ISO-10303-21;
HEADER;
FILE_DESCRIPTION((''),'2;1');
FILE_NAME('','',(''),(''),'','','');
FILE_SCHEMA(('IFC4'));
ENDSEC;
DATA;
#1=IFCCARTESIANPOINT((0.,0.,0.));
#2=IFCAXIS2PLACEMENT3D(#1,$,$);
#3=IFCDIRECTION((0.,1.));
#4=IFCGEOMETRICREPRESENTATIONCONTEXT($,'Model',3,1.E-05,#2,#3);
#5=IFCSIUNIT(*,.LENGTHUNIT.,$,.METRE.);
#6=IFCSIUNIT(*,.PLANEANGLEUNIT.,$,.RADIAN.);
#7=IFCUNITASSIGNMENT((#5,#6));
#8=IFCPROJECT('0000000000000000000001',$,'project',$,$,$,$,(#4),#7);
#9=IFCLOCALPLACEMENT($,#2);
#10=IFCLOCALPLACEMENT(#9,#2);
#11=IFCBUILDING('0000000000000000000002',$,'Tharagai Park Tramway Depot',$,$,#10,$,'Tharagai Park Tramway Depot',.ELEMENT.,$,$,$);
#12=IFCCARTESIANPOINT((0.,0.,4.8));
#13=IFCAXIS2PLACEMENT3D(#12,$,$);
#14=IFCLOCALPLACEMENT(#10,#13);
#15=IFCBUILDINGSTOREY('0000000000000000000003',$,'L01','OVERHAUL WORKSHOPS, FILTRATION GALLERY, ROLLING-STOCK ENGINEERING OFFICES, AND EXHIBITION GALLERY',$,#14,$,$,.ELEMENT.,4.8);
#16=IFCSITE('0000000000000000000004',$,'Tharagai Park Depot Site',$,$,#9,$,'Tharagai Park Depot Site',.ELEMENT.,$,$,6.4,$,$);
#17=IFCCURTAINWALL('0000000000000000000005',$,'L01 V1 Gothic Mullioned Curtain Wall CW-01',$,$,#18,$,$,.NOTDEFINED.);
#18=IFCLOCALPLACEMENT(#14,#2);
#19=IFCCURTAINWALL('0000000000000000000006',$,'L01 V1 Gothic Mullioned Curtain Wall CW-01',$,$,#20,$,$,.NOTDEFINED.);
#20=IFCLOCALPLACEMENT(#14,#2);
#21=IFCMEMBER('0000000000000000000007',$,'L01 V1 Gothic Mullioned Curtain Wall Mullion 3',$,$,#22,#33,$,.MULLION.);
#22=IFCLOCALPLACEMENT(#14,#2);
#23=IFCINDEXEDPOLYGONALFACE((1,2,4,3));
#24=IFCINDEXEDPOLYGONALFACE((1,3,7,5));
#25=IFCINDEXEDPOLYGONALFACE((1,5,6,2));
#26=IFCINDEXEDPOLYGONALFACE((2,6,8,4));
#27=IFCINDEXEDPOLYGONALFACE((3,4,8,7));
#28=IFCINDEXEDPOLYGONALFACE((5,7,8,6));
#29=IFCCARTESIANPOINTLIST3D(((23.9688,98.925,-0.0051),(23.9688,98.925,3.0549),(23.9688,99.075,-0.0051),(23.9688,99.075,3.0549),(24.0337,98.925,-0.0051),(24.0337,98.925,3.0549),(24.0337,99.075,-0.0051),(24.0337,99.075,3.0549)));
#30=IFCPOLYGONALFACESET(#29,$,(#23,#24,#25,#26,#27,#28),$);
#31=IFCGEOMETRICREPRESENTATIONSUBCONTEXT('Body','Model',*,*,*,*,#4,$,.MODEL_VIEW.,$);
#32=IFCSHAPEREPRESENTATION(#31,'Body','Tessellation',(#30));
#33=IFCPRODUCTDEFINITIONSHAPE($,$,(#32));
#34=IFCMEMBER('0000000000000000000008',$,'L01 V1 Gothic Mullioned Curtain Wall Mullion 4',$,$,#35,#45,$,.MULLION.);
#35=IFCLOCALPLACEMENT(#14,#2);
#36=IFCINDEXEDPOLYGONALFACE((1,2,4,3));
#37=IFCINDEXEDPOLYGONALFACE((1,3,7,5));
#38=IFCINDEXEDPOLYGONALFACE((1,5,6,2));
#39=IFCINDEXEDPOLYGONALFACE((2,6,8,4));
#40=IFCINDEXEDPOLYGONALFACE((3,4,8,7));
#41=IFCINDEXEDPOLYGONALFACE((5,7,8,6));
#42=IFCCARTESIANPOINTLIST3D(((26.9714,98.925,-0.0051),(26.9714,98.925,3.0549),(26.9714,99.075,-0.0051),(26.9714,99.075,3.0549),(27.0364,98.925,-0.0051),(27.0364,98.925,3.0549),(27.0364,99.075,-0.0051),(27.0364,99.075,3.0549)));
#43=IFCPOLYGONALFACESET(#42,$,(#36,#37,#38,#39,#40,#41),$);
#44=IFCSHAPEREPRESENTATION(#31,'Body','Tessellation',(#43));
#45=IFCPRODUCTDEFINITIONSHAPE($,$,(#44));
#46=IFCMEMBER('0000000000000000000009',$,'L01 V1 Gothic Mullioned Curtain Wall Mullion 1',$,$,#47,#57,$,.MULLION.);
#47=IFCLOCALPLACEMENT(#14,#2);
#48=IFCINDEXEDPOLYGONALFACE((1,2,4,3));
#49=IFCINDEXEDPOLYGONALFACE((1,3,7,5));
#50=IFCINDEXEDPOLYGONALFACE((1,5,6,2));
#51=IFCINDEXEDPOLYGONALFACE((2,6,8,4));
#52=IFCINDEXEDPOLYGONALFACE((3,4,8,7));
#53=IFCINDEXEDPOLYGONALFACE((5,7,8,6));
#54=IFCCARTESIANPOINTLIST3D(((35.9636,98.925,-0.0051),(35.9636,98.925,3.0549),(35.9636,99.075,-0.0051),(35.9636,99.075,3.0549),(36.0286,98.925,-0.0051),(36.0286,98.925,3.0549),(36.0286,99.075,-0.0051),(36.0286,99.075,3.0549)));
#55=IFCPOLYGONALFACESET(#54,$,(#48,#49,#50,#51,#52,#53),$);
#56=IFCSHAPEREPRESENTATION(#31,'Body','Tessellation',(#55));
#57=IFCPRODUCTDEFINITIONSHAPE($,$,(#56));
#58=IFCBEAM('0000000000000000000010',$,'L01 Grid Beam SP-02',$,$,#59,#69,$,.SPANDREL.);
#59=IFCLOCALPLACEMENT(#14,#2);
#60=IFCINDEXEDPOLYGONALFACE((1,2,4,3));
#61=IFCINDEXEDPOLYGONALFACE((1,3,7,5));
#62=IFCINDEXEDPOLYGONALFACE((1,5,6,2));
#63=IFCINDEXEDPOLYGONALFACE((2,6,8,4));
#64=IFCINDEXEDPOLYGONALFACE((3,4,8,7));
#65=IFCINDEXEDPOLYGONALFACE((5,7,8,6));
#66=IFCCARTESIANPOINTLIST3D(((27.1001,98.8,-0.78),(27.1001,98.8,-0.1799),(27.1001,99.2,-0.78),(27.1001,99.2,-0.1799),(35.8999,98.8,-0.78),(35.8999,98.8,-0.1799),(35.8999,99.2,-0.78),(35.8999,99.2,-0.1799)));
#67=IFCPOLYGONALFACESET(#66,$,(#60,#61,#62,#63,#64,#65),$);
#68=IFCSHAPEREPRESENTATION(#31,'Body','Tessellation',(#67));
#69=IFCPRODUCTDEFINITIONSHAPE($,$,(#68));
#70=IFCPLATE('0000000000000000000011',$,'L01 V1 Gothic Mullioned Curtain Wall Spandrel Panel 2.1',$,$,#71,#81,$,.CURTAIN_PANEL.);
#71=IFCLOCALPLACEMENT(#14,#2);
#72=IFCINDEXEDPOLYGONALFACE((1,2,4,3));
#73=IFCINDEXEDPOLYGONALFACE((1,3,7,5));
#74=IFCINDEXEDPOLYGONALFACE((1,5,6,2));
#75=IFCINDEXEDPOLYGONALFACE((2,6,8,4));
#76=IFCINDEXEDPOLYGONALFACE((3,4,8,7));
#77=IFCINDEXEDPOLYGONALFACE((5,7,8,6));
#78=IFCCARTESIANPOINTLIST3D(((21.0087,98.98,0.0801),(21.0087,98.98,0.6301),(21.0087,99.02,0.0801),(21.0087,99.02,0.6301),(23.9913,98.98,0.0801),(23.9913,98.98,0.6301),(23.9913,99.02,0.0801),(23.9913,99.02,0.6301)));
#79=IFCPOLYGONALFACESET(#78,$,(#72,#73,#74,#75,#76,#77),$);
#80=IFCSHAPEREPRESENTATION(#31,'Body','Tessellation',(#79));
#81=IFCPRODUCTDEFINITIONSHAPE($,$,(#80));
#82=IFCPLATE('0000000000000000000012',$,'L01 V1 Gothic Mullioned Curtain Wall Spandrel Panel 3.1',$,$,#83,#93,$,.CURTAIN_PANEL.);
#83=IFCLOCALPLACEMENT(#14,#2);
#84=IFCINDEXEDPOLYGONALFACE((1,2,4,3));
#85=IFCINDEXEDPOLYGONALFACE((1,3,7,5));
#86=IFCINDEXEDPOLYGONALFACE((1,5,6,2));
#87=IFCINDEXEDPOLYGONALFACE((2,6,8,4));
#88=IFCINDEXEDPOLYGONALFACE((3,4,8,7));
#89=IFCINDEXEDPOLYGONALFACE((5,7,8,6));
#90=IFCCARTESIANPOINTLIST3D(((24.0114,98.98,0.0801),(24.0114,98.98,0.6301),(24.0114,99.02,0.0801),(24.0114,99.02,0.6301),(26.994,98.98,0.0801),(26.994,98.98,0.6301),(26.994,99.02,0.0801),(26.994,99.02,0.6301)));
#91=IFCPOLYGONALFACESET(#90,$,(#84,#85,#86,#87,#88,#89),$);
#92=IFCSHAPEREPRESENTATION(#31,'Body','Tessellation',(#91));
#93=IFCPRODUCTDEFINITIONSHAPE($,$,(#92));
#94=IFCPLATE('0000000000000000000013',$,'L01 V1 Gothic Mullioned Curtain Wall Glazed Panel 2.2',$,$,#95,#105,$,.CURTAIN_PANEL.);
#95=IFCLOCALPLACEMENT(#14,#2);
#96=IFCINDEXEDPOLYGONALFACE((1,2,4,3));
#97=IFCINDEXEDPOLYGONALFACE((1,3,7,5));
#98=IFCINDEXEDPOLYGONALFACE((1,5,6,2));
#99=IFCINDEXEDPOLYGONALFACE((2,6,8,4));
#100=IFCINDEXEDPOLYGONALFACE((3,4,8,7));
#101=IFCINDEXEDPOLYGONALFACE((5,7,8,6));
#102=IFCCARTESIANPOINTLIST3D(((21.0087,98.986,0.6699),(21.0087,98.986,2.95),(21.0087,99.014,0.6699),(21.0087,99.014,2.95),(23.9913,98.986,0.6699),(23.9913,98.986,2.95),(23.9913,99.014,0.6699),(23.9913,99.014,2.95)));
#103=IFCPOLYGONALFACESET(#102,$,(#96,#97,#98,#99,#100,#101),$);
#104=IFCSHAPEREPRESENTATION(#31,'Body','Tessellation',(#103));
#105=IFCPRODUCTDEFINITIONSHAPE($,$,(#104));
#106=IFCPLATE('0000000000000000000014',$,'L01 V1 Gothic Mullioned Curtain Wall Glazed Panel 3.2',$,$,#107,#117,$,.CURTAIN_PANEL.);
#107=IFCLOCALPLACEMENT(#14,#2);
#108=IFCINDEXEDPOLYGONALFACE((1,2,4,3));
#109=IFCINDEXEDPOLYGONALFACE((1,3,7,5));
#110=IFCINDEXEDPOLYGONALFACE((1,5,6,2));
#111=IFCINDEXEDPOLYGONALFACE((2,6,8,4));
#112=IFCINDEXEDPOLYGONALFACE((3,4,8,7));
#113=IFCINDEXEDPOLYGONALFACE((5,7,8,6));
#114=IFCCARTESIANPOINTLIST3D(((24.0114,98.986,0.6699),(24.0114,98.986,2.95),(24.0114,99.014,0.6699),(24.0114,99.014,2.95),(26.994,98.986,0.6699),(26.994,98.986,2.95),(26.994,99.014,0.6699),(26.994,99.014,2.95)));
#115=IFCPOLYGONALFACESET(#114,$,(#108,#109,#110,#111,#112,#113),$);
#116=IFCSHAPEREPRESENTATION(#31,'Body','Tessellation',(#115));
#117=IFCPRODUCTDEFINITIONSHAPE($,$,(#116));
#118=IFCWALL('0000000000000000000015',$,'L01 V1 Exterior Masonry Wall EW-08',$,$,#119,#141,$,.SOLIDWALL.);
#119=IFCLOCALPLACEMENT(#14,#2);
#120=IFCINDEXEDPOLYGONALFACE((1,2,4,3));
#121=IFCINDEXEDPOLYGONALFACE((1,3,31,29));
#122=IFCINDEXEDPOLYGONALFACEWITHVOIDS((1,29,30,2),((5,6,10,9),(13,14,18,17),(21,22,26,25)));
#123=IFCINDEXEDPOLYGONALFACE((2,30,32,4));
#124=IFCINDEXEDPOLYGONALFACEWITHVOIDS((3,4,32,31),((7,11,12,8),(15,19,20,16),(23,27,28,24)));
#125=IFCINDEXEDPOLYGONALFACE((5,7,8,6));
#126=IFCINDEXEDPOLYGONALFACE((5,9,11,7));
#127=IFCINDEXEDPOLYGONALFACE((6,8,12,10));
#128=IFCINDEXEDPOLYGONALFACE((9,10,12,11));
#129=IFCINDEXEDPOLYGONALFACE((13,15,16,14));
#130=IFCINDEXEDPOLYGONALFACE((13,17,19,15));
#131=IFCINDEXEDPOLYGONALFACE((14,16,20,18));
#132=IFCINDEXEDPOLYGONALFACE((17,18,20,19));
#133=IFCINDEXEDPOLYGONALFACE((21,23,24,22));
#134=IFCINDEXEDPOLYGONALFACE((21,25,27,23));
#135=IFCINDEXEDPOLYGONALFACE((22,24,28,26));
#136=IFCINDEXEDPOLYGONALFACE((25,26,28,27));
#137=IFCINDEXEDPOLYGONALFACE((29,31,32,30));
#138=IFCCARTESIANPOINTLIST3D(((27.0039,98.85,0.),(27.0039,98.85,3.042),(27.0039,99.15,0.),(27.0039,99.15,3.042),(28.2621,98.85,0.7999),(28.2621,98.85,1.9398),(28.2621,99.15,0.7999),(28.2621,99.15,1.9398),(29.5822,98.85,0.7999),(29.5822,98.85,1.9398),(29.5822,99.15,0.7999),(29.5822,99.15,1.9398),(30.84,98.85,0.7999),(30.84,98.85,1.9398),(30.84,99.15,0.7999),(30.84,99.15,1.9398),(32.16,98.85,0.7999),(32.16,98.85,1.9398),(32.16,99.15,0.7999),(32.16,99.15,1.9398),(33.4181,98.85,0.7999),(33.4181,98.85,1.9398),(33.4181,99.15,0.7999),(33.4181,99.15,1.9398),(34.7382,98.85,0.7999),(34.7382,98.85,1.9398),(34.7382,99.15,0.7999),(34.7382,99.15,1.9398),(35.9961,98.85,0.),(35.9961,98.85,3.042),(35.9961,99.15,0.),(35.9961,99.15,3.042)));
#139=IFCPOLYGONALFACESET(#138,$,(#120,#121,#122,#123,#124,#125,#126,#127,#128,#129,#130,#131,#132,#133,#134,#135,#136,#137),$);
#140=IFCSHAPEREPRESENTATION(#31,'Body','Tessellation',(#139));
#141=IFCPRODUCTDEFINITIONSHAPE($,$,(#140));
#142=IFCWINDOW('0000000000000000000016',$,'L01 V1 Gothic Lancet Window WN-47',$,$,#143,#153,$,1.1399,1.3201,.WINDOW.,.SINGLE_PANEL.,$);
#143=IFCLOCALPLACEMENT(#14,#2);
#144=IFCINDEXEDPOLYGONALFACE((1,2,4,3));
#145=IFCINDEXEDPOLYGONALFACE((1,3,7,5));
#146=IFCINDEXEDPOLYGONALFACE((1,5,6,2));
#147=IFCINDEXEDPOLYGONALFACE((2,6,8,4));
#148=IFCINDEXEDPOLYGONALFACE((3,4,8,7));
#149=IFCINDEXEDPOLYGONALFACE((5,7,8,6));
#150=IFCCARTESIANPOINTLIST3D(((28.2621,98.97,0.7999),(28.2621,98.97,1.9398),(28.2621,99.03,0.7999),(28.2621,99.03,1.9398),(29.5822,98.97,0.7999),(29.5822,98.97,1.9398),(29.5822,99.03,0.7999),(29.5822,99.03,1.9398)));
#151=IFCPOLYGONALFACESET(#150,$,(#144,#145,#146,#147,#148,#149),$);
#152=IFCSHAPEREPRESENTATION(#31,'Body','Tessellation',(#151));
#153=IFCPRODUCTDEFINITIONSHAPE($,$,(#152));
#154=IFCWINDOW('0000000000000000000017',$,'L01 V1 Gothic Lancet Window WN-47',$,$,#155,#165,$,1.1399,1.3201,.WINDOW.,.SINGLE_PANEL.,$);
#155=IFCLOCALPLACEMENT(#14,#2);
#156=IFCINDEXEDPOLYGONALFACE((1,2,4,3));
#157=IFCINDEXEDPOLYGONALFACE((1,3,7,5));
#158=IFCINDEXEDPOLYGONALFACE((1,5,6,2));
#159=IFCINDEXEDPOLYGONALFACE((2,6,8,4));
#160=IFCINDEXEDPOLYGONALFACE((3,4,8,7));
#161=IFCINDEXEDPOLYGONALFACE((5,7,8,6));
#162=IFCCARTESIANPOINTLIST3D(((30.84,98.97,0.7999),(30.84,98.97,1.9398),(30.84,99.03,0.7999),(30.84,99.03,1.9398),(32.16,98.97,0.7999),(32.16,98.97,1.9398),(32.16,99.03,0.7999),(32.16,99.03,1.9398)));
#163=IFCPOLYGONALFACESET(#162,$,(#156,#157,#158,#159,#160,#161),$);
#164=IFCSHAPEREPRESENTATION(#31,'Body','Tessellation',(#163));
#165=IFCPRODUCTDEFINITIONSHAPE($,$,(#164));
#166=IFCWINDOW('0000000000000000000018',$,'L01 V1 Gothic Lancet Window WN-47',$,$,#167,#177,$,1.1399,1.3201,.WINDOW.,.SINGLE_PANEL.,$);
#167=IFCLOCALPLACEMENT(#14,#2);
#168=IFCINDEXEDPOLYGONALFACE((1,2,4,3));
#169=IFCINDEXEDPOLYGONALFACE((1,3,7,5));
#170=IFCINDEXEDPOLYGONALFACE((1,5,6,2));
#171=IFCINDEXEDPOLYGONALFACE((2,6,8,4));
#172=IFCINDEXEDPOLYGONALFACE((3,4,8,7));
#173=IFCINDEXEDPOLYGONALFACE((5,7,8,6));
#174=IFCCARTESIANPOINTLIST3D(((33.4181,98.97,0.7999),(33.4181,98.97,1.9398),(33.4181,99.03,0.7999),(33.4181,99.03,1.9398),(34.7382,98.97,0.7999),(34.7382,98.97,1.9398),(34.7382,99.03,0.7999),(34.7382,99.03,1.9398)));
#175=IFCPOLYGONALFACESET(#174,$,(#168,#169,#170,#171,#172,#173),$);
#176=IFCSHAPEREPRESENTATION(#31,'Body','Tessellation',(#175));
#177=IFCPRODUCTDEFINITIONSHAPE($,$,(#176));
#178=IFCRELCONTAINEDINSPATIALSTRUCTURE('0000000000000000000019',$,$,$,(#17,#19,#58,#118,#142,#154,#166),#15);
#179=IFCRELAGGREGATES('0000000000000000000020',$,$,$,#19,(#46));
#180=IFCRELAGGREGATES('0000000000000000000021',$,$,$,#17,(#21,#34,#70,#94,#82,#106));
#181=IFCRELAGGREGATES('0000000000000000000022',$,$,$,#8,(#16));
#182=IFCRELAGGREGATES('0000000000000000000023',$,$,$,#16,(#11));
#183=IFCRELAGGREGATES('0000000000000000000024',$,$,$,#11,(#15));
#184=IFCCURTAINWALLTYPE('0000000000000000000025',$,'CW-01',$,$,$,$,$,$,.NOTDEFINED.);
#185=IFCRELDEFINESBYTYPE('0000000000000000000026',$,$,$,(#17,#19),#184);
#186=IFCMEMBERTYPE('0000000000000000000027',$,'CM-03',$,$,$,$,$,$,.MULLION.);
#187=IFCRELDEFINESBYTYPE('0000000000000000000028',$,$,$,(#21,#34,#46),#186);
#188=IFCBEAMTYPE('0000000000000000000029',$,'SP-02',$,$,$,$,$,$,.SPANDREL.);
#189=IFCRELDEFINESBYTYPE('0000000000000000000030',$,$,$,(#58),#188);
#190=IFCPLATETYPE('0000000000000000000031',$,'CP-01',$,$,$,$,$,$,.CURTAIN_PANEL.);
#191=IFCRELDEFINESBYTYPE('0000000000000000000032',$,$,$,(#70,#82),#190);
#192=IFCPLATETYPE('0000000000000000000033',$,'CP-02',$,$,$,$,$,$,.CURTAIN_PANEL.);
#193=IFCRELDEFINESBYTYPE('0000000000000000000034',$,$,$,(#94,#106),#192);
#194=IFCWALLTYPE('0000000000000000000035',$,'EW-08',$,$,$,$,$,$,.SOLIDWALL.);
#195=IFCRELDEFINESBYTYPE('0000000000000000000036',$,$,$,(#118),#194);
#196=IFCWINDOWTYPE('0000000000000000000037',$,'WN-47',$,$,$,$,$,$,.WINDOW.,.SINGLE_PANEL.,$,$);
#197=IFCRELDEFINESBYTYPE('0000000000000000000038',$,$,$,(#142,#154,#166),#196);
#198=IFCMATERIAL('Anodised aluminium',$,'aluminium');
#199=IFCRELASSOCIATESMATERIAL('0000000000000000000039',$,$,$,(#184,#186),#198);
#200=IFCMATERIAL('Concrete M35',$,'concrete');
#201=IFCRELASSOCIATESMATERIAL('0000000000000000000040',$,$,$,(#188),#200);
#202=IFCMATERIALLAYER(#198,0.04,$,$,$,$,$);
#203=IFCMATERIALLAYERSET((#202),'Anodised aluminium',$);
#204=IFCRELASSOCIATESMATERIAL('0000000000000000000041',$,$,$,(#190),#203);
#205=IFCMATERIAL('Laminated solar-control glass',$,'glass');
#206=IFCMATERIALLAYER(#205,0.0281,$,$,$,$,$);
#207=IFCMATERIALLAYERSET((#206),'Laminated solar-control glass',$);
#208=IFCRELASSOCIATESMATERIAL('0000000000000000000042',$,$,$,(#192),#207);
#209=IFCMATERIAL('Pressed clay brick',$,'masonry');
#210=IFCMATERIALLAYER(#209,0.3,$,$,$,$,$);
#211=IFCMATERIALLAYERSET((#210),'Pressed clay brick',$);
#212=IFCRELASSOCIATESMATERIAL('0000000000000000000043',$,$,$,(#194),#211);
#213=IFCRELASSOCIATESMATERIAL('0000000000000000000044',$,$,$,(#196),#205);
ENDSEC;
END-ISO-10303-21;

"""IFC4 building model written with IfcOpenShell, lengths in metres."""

from ifc_helpers import new_model, si_unit, direction, frame, frame_2d, origin, origin_2d, place, context, subcontext, project, spatial, rectangle, extrude, material, layer, layer_set, material_profile, profile_set, type_object, element, fill, aggregate, save


model = new_model("IFC4")

# Units and contexts
model_context = context("Model", 3, precision=1e-05, world=origin(), true_north=direction((0.0, 1.0)))
body_context = subcontext(model_context, "Body", "Model", "MODEL_VIEW")
ifc_project = project(units=[si_unit("LENGTHUNIT", "METRE"), si_unit("PLANEANGLEUNIT", "RADIAN")], contexts=[model_context])

# Site, building, storey
site_placement = place(None, origin())
site = spatial("IfcSite", under=ifc_project, at=site_placement, Name="Tharagai Park Depot Site", LongName="Tharagai Park Depot Site", CompositionType="ELEMENT", RefElevation=6.4)
building_placement = place(site_placement, origin())
building = spatial("IfcBuilding", under=site, at=building_placement, Name="Tharagai Park Tramway Depot", LongName="Tharagai Park Tramway Depot", CompositionType="ELEMENT")
storey_placement = place(building_placement, frame((0.0, 0.0, 4.8)))
storey = spatial("IfcBuildingStorey", under=building, at=storey_placement, Name="L01", Description="OVERHAUL WORKSHOPS, FILTRATION GALLERY, ROLLING-STOCK ENGINEERING OFFICES, AND EXHIBITION GALLERY", CompositionType="ELEMENT", Elevation=4.8)

# Curtain walls
ifc_material_1 = material(Name="Anodised aluminium", Category="aluminium")
curtain_wall_type = type_object("IfcCurtainWallType", Name="CW-01", PredefinedType="NOTDEFINED", material=ifc_material_1)
curtain_wall_1_placement = place(storey_placement, origin())
curtain_wall_1 = element("IfcCurtainWall", 1, at=curtain_wall_1_placement, inside=storey, type_object=curtain_wall_type, Name="L01 V1 Gothic Mullioned Curtain Wall CW-01", PredefinedType="NOTDEFINED")
curtain_wall_2_placement = place(storey_placement, origin())
curtain_wall_2 = element("IfcCurtainWall", 2, at=curtain_wall_2_placement, inside=storey, type_object=curtain_wall_type, Name="L01 V1 Gothic Mullioned Curtain Wall CW-01", PredefinedType="NOTDEFINED")

# Members
ifc_material_profile_1 = material_profile(ifc_material_1, rectangle(XDim=0.0649, YDim=0.1499, at=origin_2d()), Name="ALU 65x150")
ifc_profile_set_1 = profile_set([ifc_material_profile_1], Name="Anodised aluminium")
member_type_1 = type_object("IfcMemberType", Name="CM-03", PredefinedType="MULLION", material=ifc_profile_set_1)
member_1_placement = place(storey_placement, frame((24.0012, 99.0, -0.0051), z_axis=(0.0, 0.0, 1.0), x_axis=(1.0, 0.0, 0.0)))
member_1 = element("IfcMember", 3, at=member_1_placement, type_object=member_type_1, Name="L01 V1 Gothic Mullioned Curtain Wall Mullion 3", PredefinedType="MULLION", context=body_context, shape_type="SweptSolid", body=[
    extrude(rectangle(XDim=0.0649, YDim=0.1499, at=origin_2d()), origin(), (0.0, 0.0, 1.0), 3.0601),
])
member_2_placement = place(storey_placement, frame((27.0039, 99.0, -0.0051), z_axis=(0.0, 0.0, 1.0), x_axis=(1.0, 0.0, 0.0)))
member_2 = element("IfcMember", 4, at=member_2_placement, type_object=member_type_1, Name="L01 V1 Gothic Mullioned Curtain Wall Mullion 4", PredefinedType="MULLION", context=body_context, shape_type="SweptSolid", body=[
    extrude(rectangle(XDim=0.0649, YDim=0.1499, at=origin_2d()), origin(), (0.0, 0.0, 1.0), 3.0601),
])
member_3_placement = place(storey_placement, frame((35.9961, 99.0, -0.0051), z_axis=(0.0, 0.0, 1.0), x_axis=(1.0, 0.0, 0.0)))
member_3 = element("IfcMember", 5, at=member_3_placement, type_object=member_type_1, Name="L01 V1 Gothic Mullioned Curtain Wall Mullion 1", PredefinedType="MULLION", context=body_context, shape_type="SweptSolid", body=[
    extrude(rectangle(XDim=0.0649, YDim=0.1499, at=origin_2d()), origin(), (0.0, 0.0, 1.0), 3.0601),
])
aggregate(curtain_wall_2, [member_3])

# Beam
ifc_material_2 = material(Name="Concrete M35", Category="concrete")
ifc_material_profile_2 = material_profile(ifc_material_2, rectangle(XDim=0.3999, YDim=0.6001, at=origin_2d()), Name="RC 400x600")
ifc_profile_set_2 = profile_set([ifc_material_profile_2], Name="Concrete M35")
beam_type = type_object("IfcBeamType", Name="SP-02", PredefinedType="SPANDREL", material=ifc_profile_set_2)
beam_placement = place(storey_placement, frame((27.1001, 99.0, -0.48), z_axis=(1.0, 0.0, 0.0), x_axis=(0.0, 1.0, 0.0)))
element("IfcBeam", 6, at=beam_placement, inside=storey, type_object=beam_type, Name="L01 Grid Beam SP-02", PredefinedType="SPANDREL", context=body_context, shape_type="SweptSolid", body=[
    extrude(rectangle(XDim=0.3999, YDim=0.6001, at=origin_2d()), origin(), (0.0, 0.0, 1.0), 8.7998),
])

# Plates
ifc_layer_1 = layer(ifc_material_1, 0.04)
ifc_layer_set_1 = layer_set([ifc_layer_1], Name="Anodised aluminium")
plate_type_1 = type_object("IfcPlateType", Name="CP-01", PredefinedType="CURTAIN_PANEL", material=ifc_layer_set_1)
plate_1_placement = place(storey_placement, frame((22.5, 99.0, 0.0801), z_axis=(0.0, 0.0, 1.0), x_axis=(1.0, 0.0, 0.0)))
plate_1 = element("IfcPlate", 7, at=plate_1_placement, type_object=plate_type_1, Name="L01 V1 Gothic Mullioned Curtain Wall Spandrel Panel 2.1", PredefinedType="CURTAIN_PANEL", context=body_context, shape_type="SweptSolid", body=[
    extrude(rectangle(XDim=2.9827, YDim=0.04, at=origin_2d()), origin(), (0.0, 0.0, 1.0), 0.55),
])
plate_2_placement = place(storey_placement, frame((25.5027, 99.0, 0.0801), z_axis=(0.0, 0.0, 1.0), x_axis=(1.0, 0.0, 0.0)))
plate_2 = element("IfcPlate", 8, at=plate_2_placement, type_object=plate_type_1, Name="L01 V1 Gothic Mullioned Curtain Wall Spandrel Panel 3.1", PredefinedType="CURTAIN_PANEL", context=body_context, shape_type="SweptSolid", body=[
    extrude(rectangle(XDim=2.9827, YDim=0.04, at=origin_2d()), origin(), (0.0, 0.0, 1.0), 0.55),
])
ifc_material_3 = material(Name="Laminated solar-control glass", Category="glass")
ifc_layer_2 = layer(ifc_material_3, 0.0281)
ifc_layer_set_2 = layer_set([ifc_layer_2], Name="Laminated solar-control glass")
plate_type_2 = type_object("IfcPlateType", Name="CP-02", PredefinedType="CURTAIN_PANEL", material=ifc_layer_set_2)
plate_3_placement = place(storey_placement, frame((22.5, 99.0, 0.6699), z_axis=(0.0, 0.0, 1.0), x_axis=(1.0, 0.0, 0.0)))
plate_3 = element("IfcPlate", 9, at=plate_3_placement, type_object=plate_type_2, Name="L01 V1 Gothic Mullioned Curtain Wall Glazed Panel 2.2", PredefinedType="CURTAIN_PANEL", context=body_context, shape_type="SweptSolid", body=[
    extrude(rectangle(XDim=2.9827, YDim=0.0281, at=origin_2d()), origin(), (0.0, 0.0, 1.0), 2.28),
])
plate_4_placement = place(storey_placement, frame((25.5027, 99.0, 0.6699), z_axis=(0.0, 0.0, 1.0), x_axis=(1.0, 0.0, 0.0)))
plate_4 = element("IfcPlate", 10, at=plate_4_placement, type_object=plate_type_2, Name="L01 V1 Gothic Mullioned Curtain Wall Glazed Panel 3.2", PredefinedType="CURTAIN_PANEL", context=body_context, shape_type="SweptSolid", body=[
    extrude(rectangle(XDim=2.9827, YDim=0.0281, at=origin_2d()), origin(), (0.0, 0.0, 1.0), 2.28),
])
aggregate(curtain_wall_1, [member_1, member_2, plate_1, plate_3, plate_2, plate_4])

# Wall, openings, windows
ifc_material_4 = material(Name="Pressed clay brick", Category="masonry")
ifc_layer_3 = layer(ifc_material_4, 0.3)
ifc_layer_set_3 = layer_set([ifc_layer_3], Name="Pressed clay brick")
wall_type = type_object("IfcWallType", Name="EW-08", PredefinedType="SOLIDWALL", material=ifc_layer_set_3)
wall_placement = place(storey_placement, frame((27.0039, 99.0, 0.0), z_axis=(0.0, 0.0, 1.0), x_axis=(1.0, 0.0, 0.0)))
wall = element("IfcWall", 11, at=wall_placement, inside=storey, type_object=wall_type, Name="L01 V1 Exterior Masonry Wall EW-08", PredefinedType="SOLIDWALL", context=body_context, shape_type="SweptSolid", body=[
    extrude(rectangle(XDim=8.9922, YDim=0.3, at=frame_2d((4.4961, 0.0))), origin(), (0.0, 0.0, 1.0), 3.042),
])
opening_1_placement = place(wall_placement, frame((1.2581, 0.0, 0.8)))
opening_1 = element("IfcOpeningElement", 12, at=opening_1_placement, cuts=wall, PredefinedType="OPENING", context=body_context, shape_type="SweptSolid", body=[
    extrude(rectangle(XDim=1.3201, YDim=1.1399, at=frame_2d((0.6602, 0.5698))), frame((0.0, 0.1599, 0.0), z_axis=(0.0, -1.0, 0.0), x_axis=(1.0, 0.0, 0.0)), (0.0, 0.0, 1.0), 0.3201),
])
opening_2_placement = place(wall_placement, frame((3.8359, 0.0, 0.8)))
opening_2 = element("IfcOpeningElement", 13, at=opening_2_placement, cuts=wall, PredefinedType="OPENING", context=body_context, shape_type="SweptSolid", body=[
    extrude(rectangle(XDim=1.3201, YDim=1.1399, at=frame_2d((0.6602, 0.5698))), frame((0.0, 0.1599, 0.0), z_axis=(0.0, -1.0, 0.0), x_axis=(1.0, 0.0, 0.0)), (0.0, 0.0, 1.0), 0.3201),
])
opening_3_placement = place(wall_placement, frame((6.4141, 0.0, 0.8)))
opening_3 = element("IfcOpeningElement", 14, at=opening_3_placement, cuts=wall, PredefinedType="OPENING", context=body_context, shape_type="SweptSolid", body=[
    extrude(rectangle(XDim=1.3201, YDim=1.1399, at=frame_2d((0.6602, 0.5698))), frame((0.0, 0.1599, 0.0), z_axis=(0.0, -1.0, 0.0), x_axis=(1.0, 0.0, 0.0)), (0.0, 0.0, 1.0), 0.3201),
])
window_type = type_object("IfcWindowType", Name="WN-47", PartitioningType="SINGLE_PANEL", PredefinedType="WINDOW", material=ifc_material_3)
window_1_placement = place(opening_1_placement, origin())
window_1 = element("IfcWindow", 15, at=window_1_placement, inside=storey, type_object=window_type, Name="L01 V1 Gothic Lancet Window WN-47", OverallHeight=1.1399, OverallWidth=1.3201, PartitioningType="SINGLE_PANEL", PredefinedType="WINDOW", context=body_context, shape_type="SweptSolid", body=[
    extrude(rectangle(XDim=1.3201, YDim=1.1399, at=frame_2d((0.6602, 0.5698))), frame((0.0, 0.03, 0.0), z_axis=(0.0, -1.0, 0.0), x_axis=(1.0, 0.0, 0.0)), (0.0, 0.0, 1.0), 0.0601),
])
fill(opening_1, window_1)
window_2_placement = place(opening_2_placement, origin())
window_2 = element("IfcWindow", 16, at=window_2_placement, inside=storey, type_object=window_type, Name="L01 V1 Gothic Lancet Window WN-47", OverallHeight=1.1399, OverallWidth=1.3201, PartitioningType="SINGLE_PANEL", PredefinedType="WINDOW", context=body_context, shape_type="SweptSolid", body=[
    extrude(rectangle(XDim=1.3201, YDim=1.1399, at=frame_2d((0.6602, 0.5698))), frame((0.0, 0.03, 0.0), z_axis=(0.0, -1.0, 0.0), x_axis=(1.0, 0.0, 0.0)), (0.0, 0.0, 1.0), 0.0601),
])
fill(opening_2, window_2)
window_3_placement = place(opening_3_placement, origin())
window_3 = element("IfcWindow", 17, at=window_3_placement, inside=storey, type_object=window_type, Name="L01 V1 Gothic Lancet Window WN-47", OverallHeight=1.1399, OverallWidth=1.3201, PartitioningType="SINGLE_PANEL", PredefinedType="WINDOW", context=body_context, shape_type="SweptSolid", body=[
    extrude(rectangle(XDim=1.3201, YDim=1.1399, at=frame_2d((0.6602, 0.5698))), frame((0.0, 0.03, 0.0), z_axis=(0.0, -1.0, 0.0), x_axis=(1.0, 0.0, 0.0)), (0.0, 0.0, 1.0), 0.0601),
])
fill(opening_3, window_3)

save(model, "model.ifc")
